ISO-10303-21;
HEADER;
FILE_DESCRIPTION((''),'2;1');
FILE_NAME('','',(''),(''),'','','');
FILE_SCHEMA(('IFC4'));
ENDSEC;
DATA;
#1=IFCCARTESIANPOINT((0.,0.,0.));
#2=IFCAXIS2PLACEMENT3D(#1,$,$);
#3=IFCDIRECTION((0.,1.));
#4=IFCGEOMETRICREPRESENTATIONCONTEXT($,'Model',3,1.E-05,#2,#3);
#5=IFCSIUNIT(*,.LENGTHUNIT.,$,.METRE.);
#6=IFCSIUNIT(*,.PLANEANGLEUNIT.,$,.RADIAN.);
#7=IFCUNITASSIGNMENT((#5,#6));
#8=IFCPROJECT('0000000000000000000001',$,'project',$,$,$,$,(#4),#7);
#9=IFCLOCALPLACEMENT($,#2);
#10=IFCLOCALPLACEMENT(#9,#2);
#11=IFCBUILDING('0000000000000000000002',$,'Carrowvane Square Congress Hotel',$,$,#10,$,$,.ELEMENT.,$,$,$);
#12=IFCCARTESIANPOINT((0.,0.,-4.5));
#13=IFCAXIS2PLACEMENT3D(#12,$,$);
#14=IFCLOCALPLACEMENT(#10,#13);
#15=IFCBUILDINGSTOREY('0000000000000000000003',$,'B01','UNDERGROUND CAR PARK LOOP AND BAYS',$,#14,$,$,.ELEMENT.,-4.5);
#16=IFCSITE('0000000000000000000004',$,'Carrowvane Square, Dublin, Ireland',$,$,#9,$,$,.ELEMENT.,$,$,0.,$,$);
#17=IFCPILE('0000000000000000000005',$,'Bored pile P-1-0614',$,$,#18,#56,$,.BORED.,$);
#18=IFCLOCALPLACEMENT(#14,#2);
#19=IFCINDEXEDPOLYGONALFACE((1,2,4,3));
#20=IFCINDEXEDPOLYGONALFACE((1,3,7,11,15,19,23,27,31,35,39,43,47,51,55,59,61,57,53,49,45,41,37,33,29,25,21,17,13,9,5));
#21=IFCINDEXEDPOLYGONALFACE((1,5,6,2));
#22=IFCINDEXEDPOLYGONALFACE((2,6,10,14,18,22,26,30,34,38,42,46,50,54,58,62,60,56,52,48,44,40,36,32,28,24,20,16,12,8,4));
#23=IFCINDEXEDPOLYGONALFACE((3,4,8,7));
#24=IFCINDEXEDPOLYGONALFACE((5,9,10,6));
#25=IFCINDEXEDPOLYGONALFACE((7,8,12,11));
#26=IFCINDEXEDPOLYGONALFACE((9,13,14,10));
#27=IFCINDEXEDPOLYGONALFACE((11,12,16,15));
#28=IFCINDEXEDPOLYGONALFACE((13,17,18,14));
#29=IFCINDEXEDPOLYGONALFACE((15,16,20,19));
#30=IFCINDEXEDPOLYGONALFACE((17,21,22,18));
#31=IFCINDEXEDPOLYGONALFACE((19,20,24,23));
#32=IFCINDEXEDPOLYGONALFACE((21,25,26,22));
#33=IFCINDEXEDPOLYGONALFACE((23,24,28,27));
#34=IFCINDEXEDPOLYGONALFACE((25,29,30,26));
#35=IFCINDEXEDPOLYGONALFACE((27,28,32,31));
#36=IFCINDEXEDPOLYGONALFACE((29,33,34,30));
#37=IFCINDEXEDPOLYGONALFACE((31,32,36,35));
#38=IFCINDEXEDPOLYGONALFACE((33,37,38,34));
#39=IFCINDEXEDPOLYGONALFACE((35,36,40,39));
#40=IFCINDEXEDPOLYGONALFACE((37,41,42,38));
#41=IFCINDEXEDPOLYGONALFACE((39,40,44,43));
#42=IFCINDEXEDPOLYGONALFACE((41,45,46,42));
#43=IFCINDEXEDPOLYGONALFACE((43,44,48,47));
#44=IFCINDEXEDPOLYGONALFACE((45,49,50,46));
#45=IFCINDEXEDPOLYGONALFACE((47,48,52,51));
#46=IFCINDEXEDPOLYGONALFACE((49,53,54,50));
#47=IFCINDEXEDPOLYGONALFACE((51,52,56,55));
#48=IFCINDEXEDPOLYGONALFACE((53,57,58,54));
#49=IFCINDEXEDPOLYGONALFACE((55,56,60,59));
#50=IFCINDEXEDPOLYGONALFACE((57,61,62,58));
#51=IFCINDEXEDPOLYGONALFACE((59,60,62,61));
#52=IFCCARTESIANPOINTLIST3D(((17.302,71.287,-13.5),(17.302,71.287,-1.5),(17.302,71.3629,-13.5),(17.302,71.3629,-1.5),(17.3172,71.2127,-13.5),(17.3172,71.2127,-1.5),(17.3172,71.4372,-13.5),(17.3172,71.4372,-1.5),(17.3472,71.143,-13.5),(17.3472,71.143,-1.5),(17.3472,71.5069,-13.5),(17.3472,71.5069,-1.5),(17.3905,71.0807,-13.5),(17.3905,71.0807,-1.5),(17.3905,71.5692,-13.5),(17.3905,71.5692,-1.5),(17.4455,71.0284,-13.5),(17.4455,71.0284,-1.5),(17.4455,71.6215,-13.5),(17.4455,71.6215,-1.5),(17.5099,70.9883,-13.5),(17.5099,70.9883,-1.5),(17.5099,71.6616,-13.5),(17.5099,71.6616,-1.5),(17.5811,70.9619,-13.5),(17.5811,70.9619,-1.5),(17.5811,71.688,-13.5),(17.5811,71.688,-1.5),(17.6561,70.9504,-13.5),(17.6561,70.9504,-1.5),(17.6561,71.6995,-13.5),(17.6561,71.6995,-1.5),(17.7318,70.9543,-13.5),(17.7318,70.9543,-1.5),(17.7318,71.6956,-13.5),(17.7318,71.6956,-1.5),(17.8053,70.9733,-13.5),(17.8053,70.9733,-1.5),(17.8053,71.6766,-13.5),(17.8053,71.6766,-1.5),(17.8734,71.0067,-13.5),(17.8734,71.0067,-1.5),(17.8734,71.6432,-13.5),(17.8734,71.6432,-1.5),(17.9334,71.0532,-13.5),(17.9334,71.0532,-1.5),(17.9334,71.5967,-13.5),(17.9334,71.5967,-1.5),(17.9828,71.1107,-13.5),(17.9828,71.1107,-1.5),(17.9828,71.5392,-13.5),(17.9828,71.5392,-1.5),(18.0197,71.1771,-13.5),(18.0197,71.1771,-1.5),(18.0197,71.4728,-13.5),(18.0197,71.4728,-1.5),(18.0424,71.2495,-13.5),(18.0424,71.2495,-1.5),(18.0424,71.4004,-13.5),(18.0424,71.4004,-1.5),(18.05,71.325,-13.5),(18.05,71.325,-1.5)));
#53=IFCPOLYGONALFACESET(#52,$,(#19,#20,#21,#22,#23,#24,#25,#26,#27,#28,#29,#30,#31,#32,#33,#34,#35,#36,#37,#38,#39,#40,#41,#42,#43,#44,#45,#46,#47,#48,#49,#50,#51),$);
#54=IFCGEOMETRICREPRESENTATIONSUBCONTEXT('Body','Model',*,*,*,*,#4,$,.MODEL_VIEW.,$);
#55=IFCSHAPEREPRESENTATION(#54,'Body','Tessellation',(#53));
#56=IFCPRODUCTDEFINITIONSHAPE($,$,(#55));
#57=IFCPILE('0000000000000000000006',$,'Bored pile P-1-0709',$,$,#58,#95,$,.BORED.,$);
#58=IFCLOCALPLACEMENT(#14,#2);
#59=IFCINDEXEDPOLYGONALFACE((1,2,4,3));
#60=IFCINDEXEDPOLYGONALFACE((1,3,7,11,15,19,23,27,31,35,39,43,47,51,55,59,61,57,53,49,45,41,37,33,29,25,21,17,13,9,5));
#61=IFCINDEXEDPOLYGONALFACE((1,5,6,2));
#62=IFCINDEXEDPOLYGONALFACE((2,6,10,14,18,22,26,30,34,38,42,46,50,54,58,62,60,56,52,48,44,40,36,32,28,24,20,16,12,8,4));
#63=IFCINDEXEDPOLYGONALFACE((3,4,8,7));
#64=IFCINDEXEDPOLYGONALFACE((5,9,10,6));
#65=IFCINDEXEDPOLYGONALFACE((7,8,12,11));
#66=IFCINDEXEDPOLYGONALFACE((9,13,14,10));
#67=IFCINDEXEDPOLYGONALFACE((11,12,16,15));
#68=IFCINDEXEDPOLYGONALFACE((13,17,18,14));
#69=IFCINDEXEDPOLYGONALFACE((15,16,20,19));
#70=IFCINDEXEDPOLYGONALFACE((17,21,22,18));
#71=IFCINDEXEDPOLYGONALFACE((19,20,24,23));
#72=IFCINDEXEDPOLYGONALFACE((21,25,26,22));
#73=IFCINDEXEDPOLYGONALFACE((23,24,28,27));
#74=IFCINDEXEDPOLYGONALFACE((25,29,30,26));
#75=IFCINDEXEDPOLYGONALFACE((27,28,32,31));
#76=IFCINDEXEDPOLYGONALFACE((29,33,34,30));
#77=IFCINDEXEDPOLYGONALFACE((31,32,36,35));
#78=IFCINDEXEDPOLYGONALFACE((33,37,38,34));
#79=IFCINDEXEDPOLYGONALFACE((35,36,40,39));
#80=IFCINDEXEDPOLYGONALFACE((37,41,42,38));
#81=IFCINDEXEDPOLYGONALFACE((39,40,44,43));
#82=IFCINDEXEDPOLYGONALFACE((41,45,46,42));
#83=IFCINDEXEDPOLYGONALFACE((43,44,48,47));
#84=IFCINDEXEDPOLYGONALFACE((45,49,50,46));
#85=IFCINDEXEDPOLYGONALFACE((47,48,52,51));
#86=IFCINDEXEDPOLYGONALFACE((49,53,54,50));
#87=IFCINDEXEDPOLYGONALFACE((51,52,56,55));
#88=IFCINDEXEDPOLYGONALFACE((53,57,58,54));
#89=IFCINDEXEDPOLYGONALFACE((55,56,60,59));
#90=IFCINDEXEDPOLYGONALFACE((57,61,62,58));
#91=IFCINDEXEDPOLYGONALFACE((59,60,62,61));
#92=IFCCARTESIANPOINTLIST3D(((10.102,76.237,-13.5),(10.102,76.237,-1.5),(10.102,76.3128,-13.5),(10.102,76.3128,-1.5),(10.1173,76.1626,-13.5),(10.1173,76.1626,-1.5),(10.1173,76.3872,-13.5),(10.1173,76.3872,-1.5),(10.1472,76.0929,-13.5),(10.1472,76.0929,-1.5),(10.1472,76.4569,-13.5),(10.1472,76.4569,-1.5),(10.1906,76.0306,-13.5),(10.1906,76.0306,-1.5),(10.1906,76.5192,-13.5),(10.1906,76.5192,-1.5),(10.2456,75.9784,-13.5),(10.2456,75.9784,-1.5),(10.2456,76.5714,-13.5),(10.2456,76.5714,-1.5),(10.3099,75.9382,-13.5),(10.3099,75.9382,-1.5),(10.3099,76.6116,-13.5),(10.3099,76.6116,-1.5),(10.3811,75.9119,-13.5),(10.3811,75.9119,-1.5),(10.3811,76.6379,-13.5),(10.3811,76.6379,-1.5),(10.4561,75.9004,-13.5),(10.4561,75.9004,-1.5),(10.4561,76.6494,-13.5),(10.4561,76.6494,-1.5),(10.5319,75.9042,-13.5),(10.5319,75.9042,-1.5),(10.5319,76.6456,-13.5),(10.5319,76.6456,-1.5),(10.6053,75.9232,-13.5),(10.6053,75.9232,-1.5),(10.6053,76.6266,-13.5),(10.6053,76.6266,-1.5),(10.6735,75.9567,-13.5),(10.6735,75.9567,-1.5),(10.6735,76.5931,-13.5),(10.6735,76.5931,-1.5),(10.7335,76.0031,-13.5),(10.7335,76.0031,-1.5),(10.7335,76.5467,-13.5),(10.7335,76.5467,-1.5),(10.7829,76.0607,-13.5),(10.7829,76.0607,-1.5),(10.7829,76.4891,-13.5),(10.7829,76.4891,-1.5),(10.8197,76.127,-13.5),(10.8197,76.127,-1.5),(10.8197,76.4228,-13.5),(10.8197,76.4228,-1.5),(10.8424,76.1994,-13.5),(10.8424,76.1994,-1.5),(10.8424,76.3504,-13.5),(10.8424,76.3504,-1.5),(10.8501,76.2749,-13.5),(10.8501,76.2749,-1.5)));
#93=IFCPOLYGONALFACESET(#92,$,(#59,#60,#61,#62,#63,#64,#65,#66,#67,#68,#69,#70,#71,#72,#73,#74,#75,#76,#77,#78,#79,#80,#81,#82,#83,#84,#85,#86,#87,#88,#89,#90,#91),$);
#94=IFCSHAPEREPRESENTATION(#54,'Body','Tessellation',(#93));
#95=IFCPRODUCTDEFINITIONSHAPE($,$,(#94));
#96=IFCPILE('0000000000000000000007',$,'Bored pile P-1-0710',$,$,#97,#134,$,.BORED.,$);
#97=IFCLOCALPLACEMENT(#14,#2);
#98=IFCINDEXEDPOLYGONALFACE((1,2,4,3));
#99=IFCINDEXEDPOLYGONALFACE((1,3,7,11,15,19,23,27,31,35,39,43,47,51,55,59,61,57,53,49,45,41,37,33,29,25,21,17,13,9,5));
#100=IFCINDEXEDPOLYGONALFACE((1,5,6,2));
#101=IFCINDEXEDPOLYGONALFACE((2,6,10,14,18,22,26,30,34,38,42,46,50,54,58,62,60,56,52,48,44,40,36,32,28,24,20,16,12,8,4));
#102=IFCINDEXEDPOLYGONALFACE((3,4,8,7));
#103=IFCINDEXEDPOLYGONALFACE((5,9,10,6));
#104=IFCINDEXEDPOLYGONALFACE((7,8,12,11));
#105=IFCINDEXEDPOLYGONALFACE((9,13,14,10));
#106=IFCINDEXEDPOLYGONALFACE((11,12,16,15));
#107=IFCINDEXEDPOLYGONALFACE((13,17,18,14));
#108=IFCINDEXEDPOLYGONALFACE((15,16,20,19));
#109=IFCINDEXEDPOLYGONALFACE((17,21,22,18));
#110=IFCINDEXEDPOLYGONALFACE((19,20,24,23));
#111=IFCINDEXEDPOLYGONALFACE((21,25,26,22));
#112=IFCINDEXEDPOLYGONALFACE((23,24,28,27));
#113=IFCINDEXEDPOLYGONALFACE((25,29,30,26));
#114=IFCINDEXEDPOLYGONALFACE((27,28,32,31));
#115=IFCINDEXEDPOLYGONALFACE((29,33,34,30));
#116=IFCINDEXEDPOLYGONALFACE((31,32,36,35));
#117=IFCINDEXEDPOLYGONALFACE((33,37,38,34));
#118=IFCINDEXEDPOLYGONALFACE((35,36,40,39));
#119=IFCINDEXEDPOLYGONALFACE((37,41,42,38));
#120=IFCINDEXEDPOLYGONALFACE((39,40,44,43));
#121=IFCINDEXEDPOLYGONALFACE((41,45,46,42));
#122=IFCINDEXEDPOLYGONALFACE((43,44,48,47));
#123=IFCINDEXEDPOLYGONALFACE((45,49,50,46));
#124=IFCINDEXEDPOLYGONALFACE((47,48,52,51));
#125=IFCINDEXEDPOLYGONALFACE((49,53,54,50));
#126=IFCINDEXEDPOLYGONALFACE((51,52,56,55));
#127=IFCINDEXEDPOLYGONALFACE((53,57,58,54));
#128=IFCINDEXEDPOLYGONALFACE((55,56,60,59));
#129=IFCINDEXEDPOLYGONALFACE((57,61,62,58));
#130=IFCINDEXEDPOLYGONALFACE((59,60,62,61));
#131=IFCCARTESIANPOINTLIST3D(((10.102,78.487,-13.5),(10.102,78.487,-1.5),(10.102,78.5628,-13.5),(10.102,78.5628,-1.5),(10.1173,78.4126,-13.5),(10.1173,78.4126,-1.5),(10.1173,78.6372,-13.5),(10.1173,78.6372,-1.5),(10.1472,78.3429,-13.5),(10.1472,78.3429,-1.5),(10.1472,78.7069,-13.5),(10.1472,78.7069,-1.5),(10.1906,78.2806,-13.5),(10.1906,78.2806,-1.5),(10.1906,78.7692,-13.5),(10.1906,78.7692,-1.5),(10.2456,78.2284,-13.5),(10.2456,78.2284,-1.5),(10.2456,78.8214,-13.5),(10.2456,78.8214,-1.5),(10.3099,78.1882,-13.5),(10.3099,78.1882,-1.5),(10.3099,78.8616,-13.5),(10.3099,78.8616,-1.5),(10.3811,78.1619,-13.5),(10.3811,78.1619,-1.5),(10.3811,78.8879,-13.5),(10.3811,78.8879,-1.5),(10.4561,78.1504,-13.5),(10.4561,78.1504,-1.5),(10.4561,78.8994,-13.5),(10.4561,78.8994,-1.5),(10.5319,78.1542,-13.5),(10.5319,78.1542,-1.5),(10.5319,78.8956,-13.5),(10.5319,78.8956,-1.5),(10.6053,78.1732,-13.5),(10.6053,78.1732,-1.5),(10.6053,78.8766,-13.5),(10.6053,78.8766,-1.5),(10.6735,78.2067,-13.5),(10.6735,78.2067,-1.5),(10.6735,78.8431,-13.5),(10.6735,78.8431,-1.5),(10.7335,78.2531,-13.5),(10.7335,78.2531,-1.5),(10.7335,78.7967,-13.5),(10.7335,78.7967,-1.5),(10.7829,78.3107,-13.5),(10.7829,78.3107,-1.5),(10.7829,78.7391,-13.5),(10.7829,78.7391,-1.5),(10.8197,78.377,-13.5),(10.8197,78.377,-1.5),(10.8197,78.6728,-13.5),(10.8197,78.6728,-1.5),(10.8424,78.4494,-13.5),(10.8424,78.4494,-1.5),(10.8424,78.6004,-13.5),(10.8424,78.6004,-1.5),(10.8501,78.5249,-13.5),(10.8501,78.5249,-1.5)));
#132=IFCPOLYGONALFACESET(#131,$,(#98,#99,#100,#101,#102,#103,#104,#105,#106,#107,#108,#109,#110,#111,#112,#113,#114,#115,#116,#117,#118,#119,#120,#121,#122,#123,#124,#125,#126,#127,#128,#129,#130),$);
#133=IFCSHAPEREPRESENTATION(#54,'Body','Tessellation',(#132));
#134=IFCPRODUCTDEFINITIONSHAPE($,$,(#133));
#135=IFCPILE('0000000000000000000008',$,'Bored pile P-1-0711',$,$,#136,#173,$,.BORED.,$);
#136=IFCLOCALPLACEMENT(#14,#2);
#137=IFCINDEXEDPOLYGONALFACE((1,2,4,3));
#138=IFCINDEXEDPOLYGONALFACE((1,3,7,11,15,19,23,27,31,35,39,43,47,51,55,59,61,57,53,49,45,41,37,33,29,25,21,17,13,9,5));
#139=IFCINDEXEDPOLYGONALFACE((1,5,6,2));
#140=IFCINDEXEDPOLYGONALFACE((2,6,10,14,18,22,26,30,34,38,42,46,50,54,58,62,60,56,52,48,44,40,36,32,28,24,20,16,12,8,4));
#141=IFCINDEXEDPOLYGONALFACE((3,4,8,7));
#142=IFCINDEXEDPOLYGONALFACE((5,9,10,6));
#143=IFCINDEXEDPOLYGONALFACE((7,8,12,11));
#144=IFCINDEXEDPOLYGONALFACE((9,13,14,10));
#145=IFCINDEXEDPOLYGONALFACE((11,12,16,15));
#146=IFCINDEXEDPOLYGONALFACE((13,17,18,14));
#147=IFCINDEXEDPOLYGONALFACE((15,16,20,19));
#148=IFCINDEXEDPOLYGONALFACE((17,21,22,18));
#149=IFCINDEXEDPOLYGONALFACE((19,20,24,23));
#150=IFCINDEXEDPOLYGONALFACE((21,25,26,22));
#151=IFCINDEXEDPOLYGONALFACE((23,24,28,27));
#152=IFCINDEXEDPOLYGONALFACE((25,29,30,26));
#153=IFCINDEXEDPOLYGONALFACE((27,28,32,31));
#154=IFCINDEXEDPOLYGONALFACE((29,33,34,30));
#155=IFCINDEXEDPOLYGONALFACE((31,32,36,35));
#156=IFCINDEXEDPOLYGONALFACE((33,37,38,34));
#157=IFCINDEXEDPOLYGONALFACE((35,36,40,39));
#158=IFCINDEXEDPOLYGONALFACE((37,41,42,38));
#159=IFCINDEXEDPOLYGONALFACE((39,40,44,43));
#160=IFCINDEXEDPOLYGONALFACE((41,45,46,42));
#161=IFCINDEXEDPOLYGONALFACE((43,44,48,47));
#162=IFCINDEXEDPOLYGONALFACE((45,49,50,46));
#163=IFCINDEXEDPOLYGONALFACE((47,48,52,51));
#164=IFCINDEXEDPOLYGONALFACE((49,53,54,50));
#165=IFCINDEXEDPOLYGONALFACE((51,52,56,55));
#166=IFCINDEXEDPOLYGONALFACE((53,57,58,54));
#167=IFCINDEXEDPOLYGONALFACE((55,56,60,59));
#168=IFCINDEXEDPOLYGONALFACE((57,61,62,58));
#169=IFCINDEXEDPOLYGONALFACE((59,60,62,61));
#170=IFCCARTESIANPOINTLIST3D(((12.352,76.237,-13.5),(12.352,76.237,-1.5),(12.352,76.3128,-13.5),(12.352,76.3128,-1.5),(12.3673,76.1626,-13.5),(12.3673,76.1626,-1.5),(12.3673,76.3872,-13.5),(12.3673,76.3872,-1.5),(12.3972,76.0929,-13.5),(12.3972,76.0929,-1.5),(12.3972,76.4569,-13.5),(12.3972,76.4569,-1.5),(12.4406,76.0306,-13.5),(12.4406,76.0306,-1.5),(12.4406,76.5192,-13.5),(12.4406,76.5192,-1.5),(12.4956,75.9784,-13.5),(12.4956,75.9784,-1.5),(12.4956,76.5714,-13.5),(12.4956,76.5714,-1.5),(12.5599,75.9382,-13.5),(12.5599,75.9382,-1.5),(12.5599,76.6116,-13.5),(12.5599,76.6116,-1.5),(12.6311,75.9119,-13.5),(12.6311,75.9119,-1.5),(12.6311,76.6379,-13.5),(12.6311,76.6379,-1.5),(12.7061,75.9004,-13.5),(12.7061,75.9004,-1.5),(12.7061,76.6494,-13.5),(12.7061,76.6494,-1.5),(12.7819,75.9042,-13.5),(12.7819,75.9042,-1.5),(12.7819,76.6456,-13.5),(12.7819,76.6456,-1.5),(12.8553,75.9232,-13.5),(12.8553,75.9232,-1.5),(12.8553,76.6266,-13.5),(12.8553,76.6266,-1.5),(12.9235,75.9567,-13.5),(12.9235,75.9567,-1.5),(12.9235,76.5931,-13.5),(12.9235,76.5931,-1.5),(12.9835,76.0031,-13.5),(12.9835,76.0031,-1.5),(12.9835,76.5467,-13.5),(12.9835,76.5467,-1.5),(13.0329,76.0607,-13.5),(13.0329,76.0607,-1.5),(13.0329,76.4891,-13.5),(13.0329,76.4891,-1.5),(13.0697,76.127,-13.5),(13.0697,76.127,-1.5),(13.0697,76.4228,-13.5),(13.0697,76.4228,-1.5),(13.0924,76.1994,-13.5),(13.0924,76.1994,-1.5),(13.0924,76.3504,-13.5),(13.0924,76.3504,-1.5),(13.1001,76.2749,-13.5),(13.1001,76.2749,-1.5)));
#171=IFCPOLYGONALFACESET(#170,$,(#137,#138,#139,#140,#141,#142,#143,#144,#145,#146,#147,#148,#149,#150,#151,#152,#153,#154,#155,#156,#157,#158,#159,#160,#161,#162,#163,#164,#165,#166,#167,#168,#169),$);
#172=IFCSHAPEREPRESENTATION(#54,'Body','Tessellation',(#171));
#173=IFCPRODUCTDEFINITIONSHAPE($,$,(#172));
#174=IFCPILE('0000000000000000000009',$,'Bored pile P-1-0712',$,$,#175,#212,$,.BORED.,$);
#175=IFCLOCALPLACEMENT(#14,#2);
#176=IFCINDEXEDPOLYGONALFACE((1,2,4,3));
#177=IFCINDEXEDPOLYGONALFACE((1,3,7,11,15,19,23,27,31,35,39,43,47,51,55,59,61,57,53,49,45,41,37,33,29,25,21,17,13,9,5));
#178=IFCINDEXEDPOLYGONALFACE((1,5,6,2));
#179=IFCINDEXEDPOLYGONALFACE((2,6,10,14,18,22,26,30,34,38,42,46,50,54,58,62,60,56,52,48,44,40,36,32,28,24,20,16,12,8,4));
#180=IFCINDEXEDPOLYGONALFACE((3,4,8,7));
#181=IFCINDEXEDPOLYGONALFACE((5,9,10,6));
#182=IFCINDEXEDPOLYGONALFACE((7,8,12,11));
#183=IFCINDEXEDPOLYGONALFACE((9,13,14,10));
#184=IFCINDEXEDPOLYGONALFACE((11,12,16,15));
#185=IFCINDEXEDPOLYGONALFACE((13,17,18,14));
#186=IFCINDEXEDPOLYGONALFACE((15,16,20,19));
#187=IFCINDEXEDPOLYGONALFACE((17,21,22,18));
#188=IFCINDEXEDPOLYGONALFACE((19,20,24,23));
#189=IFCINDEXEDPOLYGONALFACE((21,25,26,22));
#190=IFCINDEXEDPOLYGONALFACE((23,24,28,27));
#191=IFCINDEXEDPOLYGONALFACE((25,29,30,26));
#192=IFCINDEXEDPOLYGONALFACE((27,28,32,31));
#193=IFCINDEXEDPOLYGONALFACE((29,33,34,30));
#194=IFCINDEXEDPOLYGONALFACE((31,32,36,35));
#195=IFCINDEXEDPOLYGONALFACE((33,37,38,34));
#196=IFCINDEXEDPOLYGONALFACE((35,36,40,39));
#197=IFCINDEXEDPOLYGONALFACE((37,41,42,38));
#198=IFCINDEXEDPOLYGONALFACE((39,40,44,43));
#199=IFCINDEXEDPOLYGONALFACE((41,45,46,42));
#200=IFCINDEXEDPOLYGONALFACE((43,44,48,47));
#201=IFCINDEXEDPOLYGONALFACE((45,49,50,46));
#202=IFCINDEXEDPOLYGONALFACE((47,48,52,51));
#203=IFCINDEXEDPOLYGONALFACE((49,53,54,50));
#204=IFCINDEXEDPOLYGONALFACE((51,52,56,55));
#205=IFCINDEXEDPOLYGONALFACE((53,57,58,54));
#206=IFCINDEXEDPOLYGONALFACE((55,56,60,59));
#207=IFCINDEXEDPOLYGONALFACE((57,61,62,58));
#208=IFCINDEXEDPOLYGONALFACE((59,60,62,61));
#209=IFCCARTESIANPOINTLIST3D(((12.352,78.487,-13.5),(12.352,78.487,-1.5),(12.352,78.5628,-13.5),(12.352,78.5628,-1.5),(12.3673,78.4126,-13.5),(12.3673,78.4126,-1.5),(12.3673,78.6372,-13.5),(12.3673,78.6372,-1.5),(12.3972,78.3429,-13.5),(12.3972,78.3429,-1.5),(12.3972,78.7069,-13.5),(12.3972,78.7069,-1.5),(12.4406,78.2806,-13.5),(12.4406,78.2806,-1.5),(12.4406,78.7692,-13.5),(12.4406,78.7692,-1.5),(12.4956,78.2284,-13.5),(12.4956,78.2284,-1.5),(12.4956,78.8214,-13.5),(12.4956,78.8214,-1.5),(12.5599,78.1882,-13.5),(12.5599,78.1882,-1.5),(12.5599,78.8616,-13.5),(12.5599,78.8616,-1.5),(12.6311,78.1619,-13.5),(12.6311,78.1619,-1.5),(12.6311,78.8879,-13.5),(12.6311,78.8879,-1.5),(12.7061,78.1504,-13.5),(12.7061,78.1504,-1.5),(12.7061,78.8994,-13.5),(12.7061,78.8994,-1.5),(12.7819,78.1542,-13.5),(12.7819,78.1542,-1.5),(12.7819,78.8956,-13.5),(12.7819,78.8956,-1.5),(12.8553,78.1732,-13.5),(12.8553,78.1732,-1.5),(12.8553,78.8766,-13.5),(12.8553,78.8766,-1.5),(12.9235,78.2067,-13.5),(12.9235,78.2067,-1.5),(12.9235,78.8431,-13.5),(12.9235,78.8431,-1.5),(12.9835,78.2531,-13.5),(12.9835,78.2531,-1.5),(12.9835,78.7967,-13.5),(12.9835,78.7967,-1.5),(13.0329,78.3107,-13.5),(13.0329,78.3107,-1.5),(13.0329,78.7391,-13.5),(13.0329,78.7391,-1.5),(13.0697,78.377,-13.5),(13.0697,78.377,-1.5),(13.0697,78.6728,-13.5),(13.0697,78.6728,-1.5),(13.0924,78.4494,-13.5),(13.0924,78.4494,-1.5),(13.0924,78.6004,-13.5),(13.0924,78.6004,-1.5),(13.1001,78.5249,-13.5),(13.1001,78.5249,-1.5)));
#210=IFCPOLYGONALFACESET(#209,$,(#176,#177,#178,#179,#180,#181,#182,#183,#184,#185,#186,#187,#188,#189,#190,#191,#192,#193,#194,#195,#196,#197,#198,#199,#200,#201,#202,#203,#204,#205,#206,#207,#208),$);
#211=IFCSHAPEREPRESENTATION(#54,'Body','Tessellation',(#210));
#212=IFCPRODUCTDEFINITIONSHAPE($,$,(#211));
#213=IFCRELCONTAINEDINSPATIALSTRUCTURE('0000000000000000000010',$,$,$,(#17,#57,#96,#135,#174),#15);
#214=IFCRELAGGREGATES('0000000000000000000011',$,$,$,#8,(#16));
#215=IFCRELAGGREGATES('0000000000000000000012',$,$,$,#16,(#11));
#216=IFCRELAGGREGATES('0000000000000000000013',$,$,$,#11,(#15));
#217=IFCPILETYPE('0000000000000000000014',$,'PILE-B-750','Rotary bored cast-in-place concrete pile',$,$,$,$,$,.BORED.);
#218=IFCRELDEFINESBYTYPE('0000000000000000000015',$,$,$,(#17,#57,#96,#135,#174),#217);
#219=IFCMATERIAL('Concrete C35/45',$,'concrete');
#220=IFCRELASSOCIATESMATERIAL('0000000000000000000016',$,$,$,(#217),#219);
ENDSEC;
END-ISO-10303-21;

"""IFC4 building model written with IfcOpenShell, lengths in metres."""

from ifc_helpers import new_model, si_unit, direction, frame, origin, origin_2d, place, context, subcontext, project, spatial, circle, extrude, material, material_profile, profile_set, type_object, element, save


model = new_model("IFC4")

# Units and contexts
model_context = context("Model", 3, precision=1e-05, world=origin(), true_north=direction((0.0, 1.0)))
body_context = subcontext(model_context, "Body", "Model", "MODEL_VIEW")
ifc_project = project(units=[si_unit("LENGTHUNIT", "METRE"), si_unit("PLANEANGLEUNIT", "RADIAN")], contexts=[model_context])

# Site, building, storey
site_placement = place(None, origin())
site = spatial("IfcSite", under=ifc_project, at=site_placement, Name="Carrowvane Square, Dublin, Ireland", CompositionType="ELEMENT", RefElevation=0.0)
building_placement = place(site_placement, origin())
building = spatial("IfcBuilding", under=site, at=building_placement, Name="Carrowvane Square Congress Hotel", CompositionType="ELEMENT")
storey_placement = place(building_placement, frame((0.0, 0.0, -4.5)))
storey = spatial("IfcBuildingStorey", under=building, at=storey_placement, Name="B01", Description="UNDERGROUND CAR PARK LOOP AND BAYS", CompositionType="ELEMENT", Elevation=-4.5)

# Piles
ifc_material_1 = material(Name="Concrete C35/45", Category="concrete")
ifc_material_profile_1 = material_profile(ifc_material_1, circle(Radius=0.375, at=origin_2d()), Name="PILE D750")
ifc_profile_set_1 = profile_set([ifc_material_profile_1], Name="Concrete C35/45")
pile_type = type_object("IfcPileType", Name="PILE-B-750", Description="Rotary bored cast-in-place concrete pile", PredefinedType="BORED", material=ifc_profile_set_1)
for number, where, z_axis, x_axis, name in (
    (1, (17.675, 71.325, -1.5), (0.0, 0.0, -1.0), (1.0, 0.0, 0.0), "Bored pile P-1-0614"),
    (2, (10.4751, 76.2749, -1.5), (0.0, 0.0, -1.0), (1.0, 0.0, 0.0), "Bored pile P-1-0709"),
    (3, (10.4751, 78.5249, -1.5), (0.0, 0.0, -1.0), (1.0, 0.0, 0.0), "Bored pile P-1-0710"),
    (4, (12.7251, 76.2749, -1.5), (0.0, 0.0, -1.0), (1.0, 0.0, 0.0), "Bored pile P-1-0711"),
    (5, (12.7251, 78.5249, -1.5), (0.0, 0.0, -1.0), (1.0, 0.0, 0.0), "Bored pile P-1-0712"),
):
    element("IfcPile", number, at=place(storey_placement, frame(where, z_axis=z_axis, x_axis=x_axis)), inside=storey, type_object=pile_type, Name=name, PredefinedType="BORED", context=body_context, shape_type="SweptSolid", body=[
        extrude(circle(Radius=0.375, at=origin_2d()), origin(), (0.0, 0.0, 1.0), 12.0),
    ])

save(model, "model.ifc")
